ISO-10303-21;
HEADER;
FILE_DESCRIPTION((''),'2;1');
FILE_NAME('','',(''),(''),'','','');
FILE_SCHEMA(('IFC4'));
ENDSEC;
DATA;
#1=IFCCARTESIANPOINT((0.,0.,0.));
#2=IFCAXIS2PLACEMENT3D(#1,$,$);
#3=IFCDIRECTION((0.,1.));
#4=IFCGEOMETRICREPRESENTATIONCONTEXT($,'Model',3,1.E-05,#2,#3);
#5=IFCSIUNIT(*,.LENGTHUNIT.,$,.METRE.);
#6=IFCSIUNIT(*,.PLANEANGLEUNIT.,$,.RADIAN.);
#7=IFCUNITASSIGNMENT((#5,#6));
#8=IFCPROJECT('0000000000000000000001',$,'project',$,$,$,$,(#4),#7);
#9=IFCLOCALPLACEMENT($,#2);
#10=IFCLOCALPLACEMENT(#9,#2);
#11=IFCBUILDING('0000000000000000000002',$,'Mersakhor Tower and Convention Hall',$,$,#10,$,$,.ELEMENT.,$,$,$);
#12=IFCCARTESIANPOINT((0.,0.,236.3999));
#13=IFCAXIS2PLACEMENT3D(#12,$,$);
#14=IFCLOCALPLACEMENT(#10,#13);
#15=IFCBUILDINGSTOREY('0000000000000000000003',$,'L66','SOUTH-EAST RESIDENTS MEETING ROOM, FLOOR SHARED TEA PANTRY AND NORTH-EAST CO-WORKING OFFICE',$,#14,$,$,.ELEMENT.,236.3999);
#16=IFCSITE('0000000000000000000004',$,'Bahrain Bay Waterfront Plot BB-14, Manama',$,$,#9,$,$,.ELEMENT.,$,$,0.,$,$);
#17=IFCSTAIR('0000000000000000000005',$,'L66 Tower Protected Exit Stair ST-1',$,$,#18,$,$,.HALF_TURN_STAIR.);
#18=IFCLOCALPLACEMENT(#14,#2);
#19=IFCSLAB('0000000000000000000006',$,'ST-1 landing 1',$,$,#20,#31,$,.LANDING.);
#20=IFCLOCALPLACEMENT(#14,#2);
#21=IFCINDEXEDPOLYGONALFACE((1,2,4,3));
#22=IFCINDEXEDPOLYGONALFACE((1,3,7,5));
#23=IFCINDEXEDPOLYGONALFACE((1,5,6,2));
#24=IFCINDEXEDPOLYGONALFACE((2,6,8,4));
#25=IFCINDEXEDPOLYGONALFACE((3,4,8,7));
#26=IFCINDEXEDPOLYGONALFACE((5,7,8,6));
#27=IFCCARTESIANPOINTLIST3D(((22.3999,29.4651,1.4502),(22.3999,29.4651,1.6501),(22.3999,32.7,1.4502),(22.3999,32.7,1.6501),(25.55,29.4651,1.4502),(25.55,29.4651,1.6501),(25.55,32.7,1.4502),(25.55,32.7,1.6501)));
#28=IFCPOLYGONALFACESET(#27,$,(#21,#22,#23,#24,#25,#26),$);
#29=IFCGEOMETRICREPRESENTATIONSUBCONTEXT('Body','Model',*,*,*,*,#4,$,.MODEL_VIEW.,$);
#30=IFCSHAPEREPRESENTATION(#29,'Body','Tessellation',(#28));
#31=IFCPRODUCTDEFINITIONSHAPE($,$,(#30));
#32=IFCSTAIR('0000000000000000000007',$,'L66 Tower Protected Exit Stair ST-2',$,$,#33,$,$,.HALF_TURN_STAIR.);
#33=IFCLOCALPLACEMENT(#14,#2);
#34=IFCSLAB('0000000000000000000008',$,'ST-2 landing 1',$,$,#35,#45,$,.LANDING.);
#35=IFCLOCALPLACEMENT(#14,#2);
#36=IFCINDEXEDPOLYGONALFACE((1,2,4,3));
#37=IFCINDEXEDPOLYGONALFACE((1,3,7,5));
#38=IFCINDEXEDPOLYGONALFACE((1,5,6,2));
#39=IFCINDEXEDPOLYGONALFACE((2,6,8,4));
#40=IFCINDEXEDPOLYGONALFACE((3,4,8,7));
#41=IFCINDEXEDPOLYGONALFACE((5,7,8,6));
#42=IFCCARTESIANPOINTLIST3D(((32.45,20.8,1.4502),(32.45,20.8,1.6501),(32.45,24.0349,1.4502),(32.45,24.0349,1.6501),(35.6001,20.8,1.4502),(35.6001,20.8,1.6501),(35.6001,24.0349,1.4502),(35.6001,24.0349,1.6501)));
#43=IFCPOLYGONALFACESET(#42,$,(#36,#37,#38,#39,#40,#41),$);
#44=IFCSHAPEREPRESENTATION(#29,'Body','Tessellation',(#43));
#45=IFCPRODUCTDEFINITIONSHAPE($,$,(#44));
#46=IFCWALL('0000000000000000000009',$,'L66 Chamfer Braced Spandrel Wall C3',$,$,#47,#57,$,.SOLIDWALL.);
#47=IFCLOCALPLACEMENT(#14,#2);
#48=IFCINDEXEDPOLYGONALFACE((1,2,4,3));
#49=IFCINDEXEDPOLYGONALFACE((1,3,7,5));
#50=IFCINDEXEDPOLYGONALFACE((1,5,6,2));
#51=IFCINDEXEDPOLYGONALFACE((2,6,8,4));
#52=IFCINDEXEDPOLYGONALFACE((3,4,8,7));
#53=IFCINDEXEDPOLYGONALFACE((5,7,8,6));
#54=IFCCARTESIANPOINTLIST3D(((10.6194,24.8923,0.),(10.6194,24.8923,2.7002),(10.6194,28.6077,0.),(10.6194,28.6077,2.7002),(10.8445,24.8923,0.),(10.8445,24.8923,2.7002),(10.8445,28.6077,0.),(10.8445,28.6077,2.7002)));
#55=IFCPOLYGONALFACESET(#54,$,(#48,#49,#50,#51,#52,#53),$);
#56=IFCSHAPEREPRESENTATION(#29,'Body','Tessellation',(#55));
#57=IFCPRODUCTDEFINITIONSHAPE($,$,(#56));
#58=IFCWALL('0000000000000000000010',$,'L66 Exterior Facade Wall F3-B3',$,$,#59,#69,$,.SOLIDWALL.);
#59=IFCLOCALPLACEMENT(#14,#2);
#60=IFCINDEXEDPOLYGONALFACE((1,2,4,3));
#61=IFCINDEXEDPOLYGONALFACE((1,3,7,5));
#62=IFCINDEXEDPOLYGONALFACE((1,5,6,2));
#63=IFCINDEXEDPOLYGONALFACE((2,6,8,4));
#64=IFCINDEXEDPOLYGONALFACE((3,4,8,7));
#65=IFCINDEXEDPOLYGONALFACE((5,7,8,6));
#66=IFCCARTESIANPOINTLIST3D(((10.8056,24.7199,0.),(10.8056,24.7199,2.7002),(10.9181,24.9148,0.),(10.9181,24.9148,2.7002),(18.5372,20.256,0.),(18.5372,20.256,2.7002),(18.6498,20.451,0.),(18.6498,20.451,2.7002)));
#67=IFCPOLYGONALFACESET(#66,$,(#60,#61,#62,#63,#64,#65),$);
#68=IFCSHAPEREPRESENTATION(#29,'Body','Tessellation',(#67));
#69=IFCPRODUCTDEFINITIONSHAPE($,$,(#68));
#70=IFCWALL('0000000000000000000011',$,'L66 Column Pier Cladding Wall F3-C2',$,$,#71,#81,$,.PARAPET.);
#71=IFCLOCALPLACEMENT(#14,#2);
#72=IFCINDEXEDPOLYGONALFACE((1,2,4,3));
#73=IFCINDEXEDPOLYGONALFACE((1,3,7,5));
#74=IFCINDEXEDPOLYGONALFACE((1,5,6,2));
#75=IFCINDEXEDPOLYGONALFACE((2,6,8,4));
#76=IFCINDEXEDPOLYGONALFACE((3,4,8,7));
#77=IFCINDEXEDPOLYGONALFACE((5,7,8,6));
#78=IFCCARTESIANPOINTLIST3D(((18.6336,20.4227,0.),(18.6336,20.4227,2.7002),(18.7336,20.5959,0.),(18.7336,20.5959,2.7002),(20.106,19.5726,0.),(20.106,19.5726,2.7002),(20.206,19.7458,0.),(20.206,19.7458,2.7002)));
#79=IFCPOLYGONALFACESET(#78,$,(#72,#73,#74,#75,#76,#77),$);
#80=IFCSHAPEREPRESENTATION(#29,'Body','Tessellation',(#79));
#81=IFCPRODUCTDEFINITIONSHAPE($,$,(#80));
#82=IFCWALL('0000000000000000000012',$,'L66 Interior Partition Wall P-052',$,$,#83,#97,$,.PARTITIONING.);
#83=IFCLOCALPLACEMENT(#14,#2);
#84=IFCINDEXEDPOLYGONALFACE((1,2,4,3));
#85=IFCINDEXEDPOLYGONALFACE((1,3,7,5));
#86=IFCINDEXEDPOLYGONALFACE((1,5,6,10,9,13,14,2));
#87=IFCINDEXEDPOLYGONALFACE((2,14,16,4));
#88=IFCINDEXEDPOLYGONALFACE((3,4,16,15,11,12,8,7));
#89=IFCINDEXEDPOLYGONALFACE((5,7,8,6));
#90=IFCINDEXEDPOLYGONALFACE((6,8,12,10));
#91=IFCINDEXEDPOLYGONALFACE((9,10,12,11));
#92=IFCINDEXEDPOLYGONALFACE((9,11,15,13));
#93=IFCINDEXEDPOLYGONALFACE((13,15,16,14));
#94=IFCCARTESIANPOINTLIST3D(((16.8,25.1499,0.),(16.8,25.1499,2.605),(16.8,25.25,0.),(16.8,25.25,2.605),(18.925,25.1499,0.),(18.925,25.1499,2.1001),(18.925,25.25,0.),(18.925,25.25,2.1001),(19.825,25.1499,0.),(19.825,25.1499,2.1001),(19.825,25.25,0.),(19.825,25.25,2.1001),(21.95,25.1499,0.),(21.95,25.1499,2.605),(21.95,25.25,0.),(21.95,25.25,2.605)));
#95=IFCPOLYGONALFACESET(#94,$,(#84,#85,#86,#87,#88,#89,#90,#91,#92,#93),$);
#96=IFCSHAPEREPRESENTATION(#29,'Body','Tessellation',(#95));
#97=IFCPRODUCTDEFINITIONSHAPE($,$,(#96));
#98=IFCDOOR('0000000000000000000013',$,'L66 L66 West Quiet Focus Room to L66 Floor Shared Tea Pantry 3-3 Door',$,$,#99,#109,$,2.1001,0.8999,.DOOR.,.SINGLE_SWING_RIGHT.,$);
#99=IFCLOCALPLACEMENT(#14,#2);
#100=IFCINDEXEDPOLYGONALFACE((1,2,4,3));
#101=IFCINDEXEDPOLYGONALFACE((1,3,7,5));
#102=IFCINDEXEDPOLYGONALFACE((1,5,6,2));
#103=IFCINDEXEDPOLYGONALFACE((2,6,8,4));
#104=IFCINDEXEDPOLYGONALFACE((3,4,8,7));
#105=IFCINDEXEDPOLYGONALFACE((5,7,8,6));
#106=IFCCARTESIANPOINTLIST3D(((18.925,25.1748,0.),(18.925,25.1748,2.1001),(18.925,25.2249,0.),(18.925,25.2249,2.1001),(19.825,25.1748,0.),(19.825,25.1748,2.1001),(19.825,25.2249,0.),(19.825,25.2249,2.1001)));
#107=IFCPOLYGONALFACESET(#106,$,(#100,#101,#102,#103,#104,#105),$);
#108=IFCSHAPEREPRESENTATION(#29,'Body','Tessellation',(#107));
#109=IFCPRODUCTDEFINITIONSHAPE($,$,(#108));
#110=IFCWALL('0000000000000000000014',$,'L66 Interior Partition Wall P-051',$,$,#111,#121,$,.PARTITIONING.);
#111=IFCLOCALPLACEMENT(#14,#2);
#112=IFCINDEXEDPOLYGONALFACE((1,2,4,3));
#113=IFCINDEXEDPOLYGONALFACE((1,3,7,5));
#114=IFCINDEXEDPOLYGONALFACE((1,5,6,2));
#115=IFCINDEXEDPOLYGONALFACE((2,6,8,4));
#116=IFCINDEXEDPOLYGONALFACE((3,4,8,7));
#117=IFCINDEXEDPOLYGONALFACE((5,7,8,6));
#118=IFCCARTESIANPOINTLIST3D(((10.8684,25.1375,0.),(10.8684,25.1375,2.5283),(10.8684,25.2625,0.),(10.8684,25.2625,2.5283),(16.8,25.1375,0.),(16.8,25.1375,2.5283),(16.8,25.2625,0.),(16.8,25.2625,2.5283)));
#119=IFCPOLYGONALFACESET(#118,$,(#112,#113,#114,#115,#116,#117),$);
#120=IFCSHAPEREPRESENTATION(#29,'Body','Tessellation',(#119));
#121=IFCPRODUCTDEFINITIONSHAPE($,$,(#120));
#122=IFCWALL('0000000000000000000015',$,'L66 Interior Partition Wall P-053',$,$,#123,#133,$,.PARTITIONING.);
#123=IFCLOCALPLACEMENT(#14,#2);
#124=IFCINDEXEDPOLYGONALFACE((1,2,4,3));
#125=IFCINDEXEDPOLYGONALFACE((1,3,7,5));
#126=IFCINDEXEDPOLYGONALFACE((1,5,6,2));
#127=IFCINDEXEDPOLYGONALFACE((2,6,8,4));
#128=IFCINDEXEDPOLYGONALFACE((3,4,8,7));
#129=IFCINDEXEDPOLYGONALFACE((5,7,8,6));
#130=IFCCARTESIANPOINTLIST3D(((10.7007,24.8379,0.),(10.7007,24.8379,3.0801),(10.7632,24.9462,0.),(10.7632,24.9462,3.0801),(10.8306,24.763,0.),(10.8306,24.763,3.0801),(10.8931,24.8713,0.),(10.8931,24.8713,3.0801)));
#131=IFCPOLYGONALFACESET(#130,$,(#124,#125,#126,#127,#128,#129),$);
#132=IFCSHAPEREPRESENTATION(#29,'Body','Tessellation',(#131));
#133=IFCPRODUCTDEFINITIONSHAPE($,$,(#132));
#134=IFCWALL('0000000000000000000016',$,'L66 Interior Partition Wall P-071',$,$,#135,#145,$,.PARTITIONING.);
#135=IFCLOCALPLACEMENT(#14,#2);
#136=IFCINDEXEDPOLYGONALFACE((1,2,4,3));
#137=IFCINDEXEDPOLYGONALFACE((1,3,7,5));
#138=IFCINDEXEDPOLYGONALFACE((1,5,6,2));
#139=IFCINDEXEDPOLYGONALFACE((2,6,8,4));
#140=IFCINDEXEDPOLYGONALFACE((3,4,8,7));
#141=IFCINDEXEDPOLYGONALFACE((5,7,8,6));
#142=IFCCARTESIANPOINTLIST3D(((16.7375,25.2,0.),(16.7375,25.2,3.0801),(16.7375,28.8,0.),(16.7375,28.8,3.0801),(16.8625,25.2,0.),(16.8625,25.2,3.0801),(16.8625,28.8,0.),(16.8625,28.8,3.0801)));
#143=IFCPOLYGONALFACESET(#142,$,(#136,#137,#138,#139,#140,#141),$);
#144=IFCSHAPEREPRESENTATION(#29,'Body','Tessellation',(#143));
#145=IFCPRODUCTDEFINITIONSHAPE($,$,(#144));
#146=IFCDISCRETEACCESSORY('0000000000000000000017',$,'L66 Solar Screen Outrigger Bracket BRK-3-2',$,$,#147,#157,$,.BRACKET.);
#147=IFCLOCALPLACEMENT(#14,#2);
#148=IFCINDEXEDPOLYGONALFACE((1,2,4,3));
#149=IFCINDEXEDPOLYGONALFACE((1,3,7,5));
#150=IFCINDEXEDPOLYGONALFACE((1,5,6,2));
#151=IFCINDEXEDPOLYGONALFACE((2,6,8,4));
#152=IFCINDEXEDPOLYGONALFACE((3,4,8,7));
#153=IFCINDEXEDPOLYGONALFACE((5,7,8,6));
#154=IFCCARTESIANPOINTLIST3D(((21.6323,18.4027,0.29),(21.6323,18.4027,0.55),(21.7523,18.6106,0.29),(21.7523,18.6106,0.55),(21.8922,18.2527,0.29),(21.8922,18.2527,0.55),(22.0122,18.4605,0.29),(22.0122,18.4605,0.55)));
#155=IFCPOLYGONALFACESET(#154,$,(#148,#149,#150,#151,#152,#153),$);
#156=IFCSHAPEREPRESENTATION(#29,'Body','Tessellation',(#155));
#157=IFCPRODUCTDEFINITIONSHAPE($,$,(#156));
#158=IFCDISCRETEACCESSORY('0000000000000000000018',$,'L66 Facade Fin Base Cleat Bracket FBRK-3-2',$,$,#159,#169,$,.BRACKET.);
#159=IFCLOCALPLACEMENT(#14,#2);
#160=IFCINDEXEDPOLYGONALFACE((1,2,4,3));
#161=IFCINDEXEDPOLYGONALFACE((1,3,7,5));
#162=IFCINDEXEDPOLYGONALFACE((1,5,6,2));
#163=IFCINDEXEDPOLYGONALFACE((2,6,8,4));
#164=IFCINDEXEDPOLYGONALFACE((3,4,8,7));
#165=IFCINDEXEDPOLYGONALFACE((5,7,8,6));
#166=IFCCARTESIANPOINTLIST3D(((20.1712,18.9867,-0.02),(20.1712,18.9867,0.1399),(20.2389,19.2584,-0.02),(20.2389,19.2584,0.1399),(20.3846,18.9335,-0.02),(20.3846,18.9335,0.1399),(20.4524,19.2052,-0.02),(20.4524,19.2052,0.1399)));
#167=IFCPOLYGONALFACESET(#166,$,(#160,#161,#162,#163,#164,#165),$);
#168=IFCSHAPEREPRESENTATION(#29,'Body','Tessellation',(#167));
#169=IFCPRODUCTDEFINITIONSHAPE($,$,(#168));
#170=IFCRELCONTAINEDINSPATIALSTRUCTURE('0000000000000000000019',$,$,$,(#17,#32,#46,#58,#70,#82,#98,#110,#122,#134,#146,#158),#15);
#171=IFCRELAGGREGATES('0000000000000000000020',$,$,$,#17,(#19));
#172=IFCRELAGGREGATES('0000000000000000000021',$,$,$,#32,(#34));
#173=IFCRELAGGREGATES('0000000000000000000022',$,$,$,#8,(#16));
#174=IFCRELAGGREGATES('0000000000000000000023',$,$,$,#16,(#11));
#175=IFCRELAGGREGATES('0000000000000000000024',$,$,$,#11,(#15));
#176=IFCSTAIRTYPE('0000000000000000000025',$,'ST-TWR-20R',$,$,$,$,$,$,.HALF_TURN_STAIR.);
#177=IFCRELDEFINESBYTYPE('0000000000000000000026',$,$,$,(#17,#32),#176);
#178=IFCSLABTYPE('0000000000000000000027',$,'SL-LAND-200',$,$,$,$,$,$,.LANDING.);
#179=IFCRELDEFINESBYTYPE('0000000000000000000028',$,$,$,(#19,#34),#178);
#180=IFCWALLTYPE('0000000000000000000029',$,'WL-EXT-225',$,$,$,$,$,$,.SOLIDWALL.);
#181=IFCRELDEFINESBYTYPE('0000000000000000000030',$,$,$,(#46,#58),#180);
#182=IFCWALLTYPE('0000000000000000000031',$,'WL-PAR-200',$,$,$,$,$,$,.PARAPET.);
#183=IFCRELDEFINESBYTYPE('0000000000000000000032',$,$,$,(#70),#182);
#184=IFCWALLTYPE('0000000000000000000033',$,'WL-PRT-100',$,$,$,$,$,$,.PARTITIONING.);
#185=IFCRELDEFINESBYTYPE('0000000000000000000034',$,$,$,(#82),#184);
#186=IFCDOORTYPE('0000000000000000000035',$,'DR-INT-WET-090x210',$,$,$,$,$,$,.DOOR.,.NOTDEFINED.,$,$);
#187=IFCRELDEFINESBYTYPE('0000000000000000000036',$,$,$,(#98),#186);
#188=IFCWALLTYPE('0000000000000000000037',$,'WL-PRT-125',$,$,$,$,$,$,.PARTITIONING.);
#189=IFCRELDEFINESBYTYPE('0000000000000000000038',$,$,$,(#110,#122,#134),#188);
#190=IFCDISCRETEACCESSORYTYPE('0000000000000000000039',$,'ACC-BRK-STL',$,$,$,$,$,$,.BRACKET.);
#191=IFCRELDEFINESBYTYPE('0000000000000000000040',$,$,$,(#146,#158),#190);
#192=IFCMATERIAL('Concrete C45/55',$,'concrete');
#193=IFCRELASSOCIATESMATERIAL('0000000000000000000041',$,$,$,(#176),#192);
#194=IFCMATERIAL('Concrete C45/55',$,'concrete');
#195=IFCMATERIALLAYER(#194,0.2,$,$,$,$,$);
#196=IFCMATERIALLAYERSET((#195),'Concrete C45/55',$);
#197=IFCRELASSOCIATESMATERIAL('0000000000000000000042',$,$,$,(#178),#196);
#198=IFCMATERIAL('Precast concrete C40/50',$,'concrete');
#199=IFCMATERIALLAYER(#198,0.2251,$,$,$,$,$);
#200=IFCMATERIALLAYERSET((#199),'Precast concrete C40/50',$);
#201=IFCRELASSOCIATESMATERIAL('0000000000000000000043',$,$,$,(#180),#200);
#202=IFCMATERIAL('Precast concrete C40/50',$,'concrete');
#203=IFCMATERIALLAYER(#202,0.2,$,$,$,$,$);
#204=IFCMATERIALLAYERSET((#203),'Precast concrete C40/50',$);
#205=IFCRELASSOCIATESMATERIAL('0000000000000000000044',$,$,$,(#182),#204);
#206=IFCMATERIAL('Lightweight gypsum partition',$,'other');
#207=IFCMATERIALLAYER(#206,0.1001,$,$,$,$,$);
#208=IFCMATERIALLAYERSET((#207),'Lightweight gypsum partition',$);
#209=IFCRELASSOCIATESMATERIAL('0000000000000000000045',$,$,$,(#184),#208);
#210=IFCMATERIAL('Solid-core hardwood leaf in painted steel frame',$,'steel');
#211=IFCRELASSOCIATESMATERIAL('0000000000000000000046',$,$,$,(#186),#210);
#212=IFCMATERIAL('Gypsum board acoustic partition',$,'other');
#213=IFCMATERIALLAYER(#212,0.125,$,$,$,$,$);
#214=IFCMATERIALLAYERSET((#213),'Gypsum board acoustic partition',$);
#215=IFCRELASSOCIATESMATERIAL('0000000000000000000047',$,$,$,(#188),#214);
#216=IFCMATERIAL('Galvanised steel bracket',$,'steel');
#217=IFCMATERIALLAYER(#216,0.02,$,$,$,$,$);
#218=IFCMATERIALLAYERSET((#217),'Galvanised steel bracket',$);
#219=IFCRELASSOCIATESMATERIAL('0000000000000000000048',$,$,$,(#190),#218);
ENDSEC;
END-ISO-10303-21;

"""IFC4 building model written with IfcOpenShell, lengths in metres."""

from ifc_helpers import new_model, si_unit, direction, frame, frame_2d, origin, origin_2d, place, context, subcontext, project, spatial, polyline, rectangle, outline, extrude, material, layer, layer_set, type_object, element, fill, aggregate, save


model = new_model("IFC4")

# Units and contexts
model_context = context("Model", 3, precision=1e-05, world=origin(), true_north=direction((0.0, 1.0)))
body_context = subcontext(model_context, "Body", "Model", "MODEL_VIEW")
ifc_project = project(units=[si_unit("LENGTHUNIT", "METRE"), si_unit("PLANEANGLEUNIT", "RADIAN")], contexts=[model_context])

# Site, building, storey
site_placement = place(None, origin())
site = spatial("IfcSite", under=ifc_project, at=site_placement, Name="Bahrain Bay Waterfront Plot BB-14, Manama", CompositionType="ELEMENT", RefElevation=0.0)
building_placement = place(site_placement, origin())
building = spatial("IfcBuilding", under=site, at=building_placement, Name="Mersakhor Tower and Convention Hall", CompositionType="ELEMENT")
storey_placement = place(building_placement, frame((0.0, 0.0, 236.3999)))
storey = spatial("IfcBuildingStorey", under=building, at=storey_placement, Name="L66", Description="SOUTH-EAST RESIDENTS MEETING ROOM, FLOOR SHARED TEA PANTRY AND NORTH-EAST CO-WORKING OFFICE", CompositionType="ELEMENT", Elevation=236.3999)

# Stairs, slabs
ifc_material_1 = material(Name="Concrete C45/55", Category="concrete")
stair_type = type_object("IfcStairType", Name="ST-TWR-20R", PredefinedType="HALF_TURN_STAIR", material=ifc_material_1)
stair_1_placement = place(storey_placement, origin())
stair_1 = element("IfcStair", 1, at=stair_1_placement, inside=storey, type_object=stair_type, Name="L66 Tower Protected Exit Stair ST-1", PredefinedType="HALF_TURN_STAIR")
ifc_material_2 = material(Name="Concrete C45/55", Category="concrete")
ifc_layer_1 = layer(ifc_material_2, 0.2)
ifc_layer_set_1 = layer_set([ifc_layer_1], Name="Concrete C45/55")
slab_type_1 = type_object("IfcSlabType", Name="SL-LAND-200", PredefinedType="LANDING", material=ifc_layer_set_1)
slab_1_placement = place(storey_placement, frame((0.0, 0.0, 1.4502)))
slab_1 = element("IfcSlab", 2, at=slab_1_placement, type_object=slab_type_1, Name="ST-1 landing 1", PredefinedType="LANDING", context=body_context, shape_type="SweptSolid", body=[
    extrude(outline(polyline([(25.55, 29.4651), (25.55, 32.7), (22.3999, 32.7), (22.3999, 29.4651), (25.55, 29.4651)])), origin(), (0.0, 0.0, 1.0), 0.2),
])
aggregate(stair_1, [slab_1])
stair_2_placement = place(storey_placement, origin())
stair_2 = element("IfcStair", 3, at=stair_2_placement, inside=storey, type_object=stair_type, Name="L66 Tower Protected Exit Stair ST-2", PredefinedType="HALF_TURN_STAIR")
slab_2_placement = place(storey_placement, frame((0.0, 0.0, 1.4502)))
slab_2 = element("IfcSlab", 4, at=slab_2_placement, type_object=slab_type_1, Name="ST-2 landing 1", PredefinedType="LANDING", context=body_context, shape_type="SweptSolid", body=[
    extrude(outline(polyline([(32.45, 24.0349), (32.45, 20.8), (35.6001, 20.8), (35.6001, 24.0349), (32.45, 24.0349)])), origin(), (0.0, 0.0, 1.0), 0.2),
])
aggregate(stair_2, [slab_2])

# Walls
ifc_material_3 = material(Name="Precast concrete C40/50", Category="concrete")
ifc_layer_2 = layer(ifc_material_3, 0.2251)
ifc_layer_set_2 = layer_set([ifc_layer_2], Name="Precast concrete C40/50")
wall_type_1 = type_object("IfcWallType", Name="WL-EXT-225", PredefinedType="SOLIDWALL", material=ifc_layer_set_2)
wall_1_placement = place(storey_placement, frame((10.7319, 24.8923, 0.0), z_axis=(0.0, 0.0, 1.0), x_axis=(0.0, 1.0, 0.0)))
element("IfcWall", 5, at=wall_1_placement, inside=storey, type_object=wall_type_1, Name="L66 Chamfer Braced Spandrel Wall C3", PredefinedType="SOLIDWALL", context=body_context, shape_type="SweptSolid", body=[
    extrude(rectangle(XDim=3.7153, YDim=0.2251, at=frame_2d((1.8577, 0.0))), origin(), (0.0, 0.0, 1.0), 2.7002),
])
wall_2_placement = place(storey_placement, frame((18.5935, 20.3535, 0.0), z_axis=(0.0, 0.0, 1.0), x_axis=(-0.866027, 0.499998, 0.0)))
element("IfcWall", 6, at=wall_2_placement, inside=storey, type_object=wall_type_1, Name="L66 Exterior Facade Wall F3-B3", PredefinedType="SOLIDWALL", context=body_context, shape_type="SweptSolid", body=[
    extrude(rectangle(XDim=8.9277, YDim=0.2251, at=frame_2d((4.4639, 0.0))), origin(), (0.0, 0.0, 1.0), 2.7002),
])
ifc_material_4 = material(Name="Precast concrete C40/50", Category="concrete")
ifc_layer_3 = layer(ifc_material_4, 0.2)
ifc_layer_set_3 = layer_set([ifc_layer_3], Name="Precast concrete C40/50")
wall_type_2 = type_object("IfcWallType", Name="WL-PAR-200", PredefinedType="PARAPET", material=ifc_layer_set_3)
wall_3_placement = place(storey_placement, frame((20.156, 19.6592, 0.0), z_axis=(0.0, 0.0, 1.0), x_axis=(-0.866025, 0.5, 0.0)))
element("IfcWall", 7, at=wall_3_placement, inside=storey, type_object=wall_type_2, Name="L66 Column Pier Cladding Wall F3-C2", PredefinedType="PARAPET", context=body_context, shape_type="SweptSolid", body=[
    extrude(rectangle(XDim=1.7002, YDim=0.2, at=frame_2d((0.8501, 0.0))), origin(), (0.0, 0.0, 1.0), 2.7002),
])

# Wall, opening, door
ifc_material_5 = material(Name="Lightweight gypsum partition", Category="other")
ifc_layer_4 = layer(ifc_material_5, 0.1001)
ifc_layer_set_4 = layer_set([ifc_layer_4], Name="Lightweight gypsum partition")
wall_type_3 = type_object("IfcWallType", Name="WL-PRT-100", PredefinedType="PARTITIONING", material=ifc_layer_set_4)
wall_4_placement = place(storey_placement, frame((16.8, 25.2, 0.0), z_axis=(0.0, 0.0, 1.0), x_axis=(1.0, 0.0, 0.0)))
wall_4 = element("IfcWall", 8, at=wall_4_placement, inside=storey, type_object=wall_type_3, Name="L66 Interior Partition Wall P-052", PredefinedType="PARTITIONING", context=body_context, shape_type="SweptSolid", body=[
    extrude(rectangle(XDim=5.1499, YDim=0.1001, at=frame_2d((2.575, 0.0))), origin(), (0.0, 0.0, 1.0), 2.605),
])
opening_placement = place(wall_4_placement, frame((2.125, 0.0, 0.0)))
opening = element("IfcOpeningElement", 9, at=opening_placement, cuts=wall_4, PredefinedType="OPENING", context=body_context, shape_type="SweptSolid", body=[
    extrude(rectangle(XDim=0.8999, YDim=2.1001, at=frame_2d((0.45, 1.05))), frame((0.0, 0.0601, 0.0), z_axis=(0.0, -1.0, 0.0), x_axis=(1.0, 0.0, 0.0)), (0.0, 0.0, 1.0), 0.1201),
])
ifc_material_6 = material(Name="Solid-core hardwood leaf in painted steel frame", Category="steel")
door_type = type_object("IfcDoorType", Name="DR-INT-WET-090x210", OperationType="NOTDEFINED", PredefinedType="DOOR", material=ifc_material_6)
door_placement = place(opening_placement, origin())
door = element("IfcDoor", 10, at=door_placement, inside=storey, type_object=door_type, Name="L66 L66 West Quiet Focus Room to L66 Floor Shared Tea Pantry 3-3 Door", OperationType="SINGLE_SWING_RIGHT", OverallHeight=2.1001, OverallWidth=0.8999, PredefinedType="DOOR", context=body_context, shape_type="SweptSolid", body=[
    extrude(rectangle(XDim=0.8999, YDim=2.1001, at=frame_2d((0.45, 1.05))), frame((0.0, 0.0249, 0.0), z_axis=(0.0, -1.0, 0.0), x_axis=(1.0, 0.0, 0.0)), (0.0, 0.0, 1.0), 0.05),
])
fill(opening, door)

# Walls
ifc_material_7 = material(Name="Gypsum board acoustic partition", Category="other")
ifc_layer_5 = layer(ifc_material_7, 0.125)
ifc_layer_set_5 = layer_set([ifc_layer_5], Name="Gypsum board acoustic partition")
wall_type_4 = type_object("IfcWallType", Name="WL-PRT-125", PredefinedType="PARTITIONING", material=ifc_layer_set_5)
wall_5_placement = place(storey_placement, frame((10.8684, 25.2, 0.0), z_axis=(0.0, 0.0, 1.0), x_axis=(1.0, 0.0, 0.0)))
element("IfcWall", 11, at=wall_5_placement, inside=storey, type_object=wall_type_4, Name="L66 Interior Partition Wall P-051", PredefinedType="PARTITIONING", context=body_context, shape_type="SweptSolid", body=[
    extrude(rectangle(XDim=5.9316, YDim=0.125, at=frame_2d((2.9658, 0.0))), origin(), (0.0, 0.0, 1.0), 2.5283),
])
wall_6_placement = place(storey_placement, frame((10.8618, 24.8171, 0.0), z_axis=(0.0, 0.0, 1.0), x_axis=(-0.866131, 0.499816, 0.0)))
element("IfcWall", 12, at=wall_6_placement, inside=storey, type_object=wall_type_4, Name="L66 Interior Partition Wall P-053", PredefinedType="PARTITIONING", context=body_context, shape_type="SweptSolid", body=[
    extrude(rectangle(XDim=0.1499, YDim=0.125, at=frame_2d((0.075, 0.0))), origin(), (0.0, 0.0, 1.0), 3.0801),
])
wall_7_placement = place(storey_placement, frame((16.8, 25.2, 0.0), z_axis=(0.0, 0.0, 1.0), x_axis=(0.0, 1.0, 0.0)))
element("IfcWall", 13, at=wall_7_placement, inside=storey, type_object=wall_type_4, Name="L66 Interior Partition Wall P-071", PredefinedType="PARTITIONING", context=body_context, shape_type="SweptSolid", body=[
    extrude(rectangle(XDim=3.6001, YDim=0.125, at=frame_2d((1.8, 0.0))), origin(), (0.0, 0.0, 1.0), 3.0801),
])

# Discrete accessories
ifc_material_8 = material(Name="Galvanised steel bracket", Category="steel")
ifc_layer_6 = layer(ifc_material_8, 0.02)
ifc_layer_set_6 = layer_set([ifc_layer_6], Name="Galvanised steel bracket")
discrete_accessory_type = type_object("IfcDiscreteAccessoryType", Name="ACC-BRK-STL", PredefinedType="BRACKET", material=ifc_layer_set_6)
discrete_accessory_1_placement = place(storey_placement, frame((21.8223, 18.4316, 0.29), z_axis=(0.0, 0.0, 1.0), x_axis=(-0.866025, 0.5, 0.0)))
element("IfcDiscreteAccessory", 14, at=discrete_accessory_1_placement, inside=storey, type_object=discrete_accessory_type, Name="L66 Solar Screen Outrigger Bracket BRK-3-2", PredefinedType="BRACKET", context=body_context, shape_type="SweptSolid", body=[
    extrude(rectangle(XDim=0.3, YDim=0.24, at=origin_2d()), origin(), (0.0, 0.0, 1.0), 0.26),
])
discrete_accessory_2_placement = place(storey_placement, frame((20.3118, 19.0959, -0.02), z_axis=(0.0, 0.0, 1.0), x_axis=(-0.241922, -0.970296, 0.0)))
element("IfcDiscreteAccessory", 15, at=discrete_accessory_2_placement, inside=storey, type_object=discrete_accessory_type, Name="L66 Facade Fin Base Cleat Bracket FBRK-3-2", PredefinedType="BRACKET", context=body_context, shape_type="SweptSolid", body=[
    extrude(rectangle(XDim=0.28, YDim=0.22, at=origin_2d()), origin(), (0.0, 0.0, 1.0), 0.1599),
])

save(model, "model.ifc")
